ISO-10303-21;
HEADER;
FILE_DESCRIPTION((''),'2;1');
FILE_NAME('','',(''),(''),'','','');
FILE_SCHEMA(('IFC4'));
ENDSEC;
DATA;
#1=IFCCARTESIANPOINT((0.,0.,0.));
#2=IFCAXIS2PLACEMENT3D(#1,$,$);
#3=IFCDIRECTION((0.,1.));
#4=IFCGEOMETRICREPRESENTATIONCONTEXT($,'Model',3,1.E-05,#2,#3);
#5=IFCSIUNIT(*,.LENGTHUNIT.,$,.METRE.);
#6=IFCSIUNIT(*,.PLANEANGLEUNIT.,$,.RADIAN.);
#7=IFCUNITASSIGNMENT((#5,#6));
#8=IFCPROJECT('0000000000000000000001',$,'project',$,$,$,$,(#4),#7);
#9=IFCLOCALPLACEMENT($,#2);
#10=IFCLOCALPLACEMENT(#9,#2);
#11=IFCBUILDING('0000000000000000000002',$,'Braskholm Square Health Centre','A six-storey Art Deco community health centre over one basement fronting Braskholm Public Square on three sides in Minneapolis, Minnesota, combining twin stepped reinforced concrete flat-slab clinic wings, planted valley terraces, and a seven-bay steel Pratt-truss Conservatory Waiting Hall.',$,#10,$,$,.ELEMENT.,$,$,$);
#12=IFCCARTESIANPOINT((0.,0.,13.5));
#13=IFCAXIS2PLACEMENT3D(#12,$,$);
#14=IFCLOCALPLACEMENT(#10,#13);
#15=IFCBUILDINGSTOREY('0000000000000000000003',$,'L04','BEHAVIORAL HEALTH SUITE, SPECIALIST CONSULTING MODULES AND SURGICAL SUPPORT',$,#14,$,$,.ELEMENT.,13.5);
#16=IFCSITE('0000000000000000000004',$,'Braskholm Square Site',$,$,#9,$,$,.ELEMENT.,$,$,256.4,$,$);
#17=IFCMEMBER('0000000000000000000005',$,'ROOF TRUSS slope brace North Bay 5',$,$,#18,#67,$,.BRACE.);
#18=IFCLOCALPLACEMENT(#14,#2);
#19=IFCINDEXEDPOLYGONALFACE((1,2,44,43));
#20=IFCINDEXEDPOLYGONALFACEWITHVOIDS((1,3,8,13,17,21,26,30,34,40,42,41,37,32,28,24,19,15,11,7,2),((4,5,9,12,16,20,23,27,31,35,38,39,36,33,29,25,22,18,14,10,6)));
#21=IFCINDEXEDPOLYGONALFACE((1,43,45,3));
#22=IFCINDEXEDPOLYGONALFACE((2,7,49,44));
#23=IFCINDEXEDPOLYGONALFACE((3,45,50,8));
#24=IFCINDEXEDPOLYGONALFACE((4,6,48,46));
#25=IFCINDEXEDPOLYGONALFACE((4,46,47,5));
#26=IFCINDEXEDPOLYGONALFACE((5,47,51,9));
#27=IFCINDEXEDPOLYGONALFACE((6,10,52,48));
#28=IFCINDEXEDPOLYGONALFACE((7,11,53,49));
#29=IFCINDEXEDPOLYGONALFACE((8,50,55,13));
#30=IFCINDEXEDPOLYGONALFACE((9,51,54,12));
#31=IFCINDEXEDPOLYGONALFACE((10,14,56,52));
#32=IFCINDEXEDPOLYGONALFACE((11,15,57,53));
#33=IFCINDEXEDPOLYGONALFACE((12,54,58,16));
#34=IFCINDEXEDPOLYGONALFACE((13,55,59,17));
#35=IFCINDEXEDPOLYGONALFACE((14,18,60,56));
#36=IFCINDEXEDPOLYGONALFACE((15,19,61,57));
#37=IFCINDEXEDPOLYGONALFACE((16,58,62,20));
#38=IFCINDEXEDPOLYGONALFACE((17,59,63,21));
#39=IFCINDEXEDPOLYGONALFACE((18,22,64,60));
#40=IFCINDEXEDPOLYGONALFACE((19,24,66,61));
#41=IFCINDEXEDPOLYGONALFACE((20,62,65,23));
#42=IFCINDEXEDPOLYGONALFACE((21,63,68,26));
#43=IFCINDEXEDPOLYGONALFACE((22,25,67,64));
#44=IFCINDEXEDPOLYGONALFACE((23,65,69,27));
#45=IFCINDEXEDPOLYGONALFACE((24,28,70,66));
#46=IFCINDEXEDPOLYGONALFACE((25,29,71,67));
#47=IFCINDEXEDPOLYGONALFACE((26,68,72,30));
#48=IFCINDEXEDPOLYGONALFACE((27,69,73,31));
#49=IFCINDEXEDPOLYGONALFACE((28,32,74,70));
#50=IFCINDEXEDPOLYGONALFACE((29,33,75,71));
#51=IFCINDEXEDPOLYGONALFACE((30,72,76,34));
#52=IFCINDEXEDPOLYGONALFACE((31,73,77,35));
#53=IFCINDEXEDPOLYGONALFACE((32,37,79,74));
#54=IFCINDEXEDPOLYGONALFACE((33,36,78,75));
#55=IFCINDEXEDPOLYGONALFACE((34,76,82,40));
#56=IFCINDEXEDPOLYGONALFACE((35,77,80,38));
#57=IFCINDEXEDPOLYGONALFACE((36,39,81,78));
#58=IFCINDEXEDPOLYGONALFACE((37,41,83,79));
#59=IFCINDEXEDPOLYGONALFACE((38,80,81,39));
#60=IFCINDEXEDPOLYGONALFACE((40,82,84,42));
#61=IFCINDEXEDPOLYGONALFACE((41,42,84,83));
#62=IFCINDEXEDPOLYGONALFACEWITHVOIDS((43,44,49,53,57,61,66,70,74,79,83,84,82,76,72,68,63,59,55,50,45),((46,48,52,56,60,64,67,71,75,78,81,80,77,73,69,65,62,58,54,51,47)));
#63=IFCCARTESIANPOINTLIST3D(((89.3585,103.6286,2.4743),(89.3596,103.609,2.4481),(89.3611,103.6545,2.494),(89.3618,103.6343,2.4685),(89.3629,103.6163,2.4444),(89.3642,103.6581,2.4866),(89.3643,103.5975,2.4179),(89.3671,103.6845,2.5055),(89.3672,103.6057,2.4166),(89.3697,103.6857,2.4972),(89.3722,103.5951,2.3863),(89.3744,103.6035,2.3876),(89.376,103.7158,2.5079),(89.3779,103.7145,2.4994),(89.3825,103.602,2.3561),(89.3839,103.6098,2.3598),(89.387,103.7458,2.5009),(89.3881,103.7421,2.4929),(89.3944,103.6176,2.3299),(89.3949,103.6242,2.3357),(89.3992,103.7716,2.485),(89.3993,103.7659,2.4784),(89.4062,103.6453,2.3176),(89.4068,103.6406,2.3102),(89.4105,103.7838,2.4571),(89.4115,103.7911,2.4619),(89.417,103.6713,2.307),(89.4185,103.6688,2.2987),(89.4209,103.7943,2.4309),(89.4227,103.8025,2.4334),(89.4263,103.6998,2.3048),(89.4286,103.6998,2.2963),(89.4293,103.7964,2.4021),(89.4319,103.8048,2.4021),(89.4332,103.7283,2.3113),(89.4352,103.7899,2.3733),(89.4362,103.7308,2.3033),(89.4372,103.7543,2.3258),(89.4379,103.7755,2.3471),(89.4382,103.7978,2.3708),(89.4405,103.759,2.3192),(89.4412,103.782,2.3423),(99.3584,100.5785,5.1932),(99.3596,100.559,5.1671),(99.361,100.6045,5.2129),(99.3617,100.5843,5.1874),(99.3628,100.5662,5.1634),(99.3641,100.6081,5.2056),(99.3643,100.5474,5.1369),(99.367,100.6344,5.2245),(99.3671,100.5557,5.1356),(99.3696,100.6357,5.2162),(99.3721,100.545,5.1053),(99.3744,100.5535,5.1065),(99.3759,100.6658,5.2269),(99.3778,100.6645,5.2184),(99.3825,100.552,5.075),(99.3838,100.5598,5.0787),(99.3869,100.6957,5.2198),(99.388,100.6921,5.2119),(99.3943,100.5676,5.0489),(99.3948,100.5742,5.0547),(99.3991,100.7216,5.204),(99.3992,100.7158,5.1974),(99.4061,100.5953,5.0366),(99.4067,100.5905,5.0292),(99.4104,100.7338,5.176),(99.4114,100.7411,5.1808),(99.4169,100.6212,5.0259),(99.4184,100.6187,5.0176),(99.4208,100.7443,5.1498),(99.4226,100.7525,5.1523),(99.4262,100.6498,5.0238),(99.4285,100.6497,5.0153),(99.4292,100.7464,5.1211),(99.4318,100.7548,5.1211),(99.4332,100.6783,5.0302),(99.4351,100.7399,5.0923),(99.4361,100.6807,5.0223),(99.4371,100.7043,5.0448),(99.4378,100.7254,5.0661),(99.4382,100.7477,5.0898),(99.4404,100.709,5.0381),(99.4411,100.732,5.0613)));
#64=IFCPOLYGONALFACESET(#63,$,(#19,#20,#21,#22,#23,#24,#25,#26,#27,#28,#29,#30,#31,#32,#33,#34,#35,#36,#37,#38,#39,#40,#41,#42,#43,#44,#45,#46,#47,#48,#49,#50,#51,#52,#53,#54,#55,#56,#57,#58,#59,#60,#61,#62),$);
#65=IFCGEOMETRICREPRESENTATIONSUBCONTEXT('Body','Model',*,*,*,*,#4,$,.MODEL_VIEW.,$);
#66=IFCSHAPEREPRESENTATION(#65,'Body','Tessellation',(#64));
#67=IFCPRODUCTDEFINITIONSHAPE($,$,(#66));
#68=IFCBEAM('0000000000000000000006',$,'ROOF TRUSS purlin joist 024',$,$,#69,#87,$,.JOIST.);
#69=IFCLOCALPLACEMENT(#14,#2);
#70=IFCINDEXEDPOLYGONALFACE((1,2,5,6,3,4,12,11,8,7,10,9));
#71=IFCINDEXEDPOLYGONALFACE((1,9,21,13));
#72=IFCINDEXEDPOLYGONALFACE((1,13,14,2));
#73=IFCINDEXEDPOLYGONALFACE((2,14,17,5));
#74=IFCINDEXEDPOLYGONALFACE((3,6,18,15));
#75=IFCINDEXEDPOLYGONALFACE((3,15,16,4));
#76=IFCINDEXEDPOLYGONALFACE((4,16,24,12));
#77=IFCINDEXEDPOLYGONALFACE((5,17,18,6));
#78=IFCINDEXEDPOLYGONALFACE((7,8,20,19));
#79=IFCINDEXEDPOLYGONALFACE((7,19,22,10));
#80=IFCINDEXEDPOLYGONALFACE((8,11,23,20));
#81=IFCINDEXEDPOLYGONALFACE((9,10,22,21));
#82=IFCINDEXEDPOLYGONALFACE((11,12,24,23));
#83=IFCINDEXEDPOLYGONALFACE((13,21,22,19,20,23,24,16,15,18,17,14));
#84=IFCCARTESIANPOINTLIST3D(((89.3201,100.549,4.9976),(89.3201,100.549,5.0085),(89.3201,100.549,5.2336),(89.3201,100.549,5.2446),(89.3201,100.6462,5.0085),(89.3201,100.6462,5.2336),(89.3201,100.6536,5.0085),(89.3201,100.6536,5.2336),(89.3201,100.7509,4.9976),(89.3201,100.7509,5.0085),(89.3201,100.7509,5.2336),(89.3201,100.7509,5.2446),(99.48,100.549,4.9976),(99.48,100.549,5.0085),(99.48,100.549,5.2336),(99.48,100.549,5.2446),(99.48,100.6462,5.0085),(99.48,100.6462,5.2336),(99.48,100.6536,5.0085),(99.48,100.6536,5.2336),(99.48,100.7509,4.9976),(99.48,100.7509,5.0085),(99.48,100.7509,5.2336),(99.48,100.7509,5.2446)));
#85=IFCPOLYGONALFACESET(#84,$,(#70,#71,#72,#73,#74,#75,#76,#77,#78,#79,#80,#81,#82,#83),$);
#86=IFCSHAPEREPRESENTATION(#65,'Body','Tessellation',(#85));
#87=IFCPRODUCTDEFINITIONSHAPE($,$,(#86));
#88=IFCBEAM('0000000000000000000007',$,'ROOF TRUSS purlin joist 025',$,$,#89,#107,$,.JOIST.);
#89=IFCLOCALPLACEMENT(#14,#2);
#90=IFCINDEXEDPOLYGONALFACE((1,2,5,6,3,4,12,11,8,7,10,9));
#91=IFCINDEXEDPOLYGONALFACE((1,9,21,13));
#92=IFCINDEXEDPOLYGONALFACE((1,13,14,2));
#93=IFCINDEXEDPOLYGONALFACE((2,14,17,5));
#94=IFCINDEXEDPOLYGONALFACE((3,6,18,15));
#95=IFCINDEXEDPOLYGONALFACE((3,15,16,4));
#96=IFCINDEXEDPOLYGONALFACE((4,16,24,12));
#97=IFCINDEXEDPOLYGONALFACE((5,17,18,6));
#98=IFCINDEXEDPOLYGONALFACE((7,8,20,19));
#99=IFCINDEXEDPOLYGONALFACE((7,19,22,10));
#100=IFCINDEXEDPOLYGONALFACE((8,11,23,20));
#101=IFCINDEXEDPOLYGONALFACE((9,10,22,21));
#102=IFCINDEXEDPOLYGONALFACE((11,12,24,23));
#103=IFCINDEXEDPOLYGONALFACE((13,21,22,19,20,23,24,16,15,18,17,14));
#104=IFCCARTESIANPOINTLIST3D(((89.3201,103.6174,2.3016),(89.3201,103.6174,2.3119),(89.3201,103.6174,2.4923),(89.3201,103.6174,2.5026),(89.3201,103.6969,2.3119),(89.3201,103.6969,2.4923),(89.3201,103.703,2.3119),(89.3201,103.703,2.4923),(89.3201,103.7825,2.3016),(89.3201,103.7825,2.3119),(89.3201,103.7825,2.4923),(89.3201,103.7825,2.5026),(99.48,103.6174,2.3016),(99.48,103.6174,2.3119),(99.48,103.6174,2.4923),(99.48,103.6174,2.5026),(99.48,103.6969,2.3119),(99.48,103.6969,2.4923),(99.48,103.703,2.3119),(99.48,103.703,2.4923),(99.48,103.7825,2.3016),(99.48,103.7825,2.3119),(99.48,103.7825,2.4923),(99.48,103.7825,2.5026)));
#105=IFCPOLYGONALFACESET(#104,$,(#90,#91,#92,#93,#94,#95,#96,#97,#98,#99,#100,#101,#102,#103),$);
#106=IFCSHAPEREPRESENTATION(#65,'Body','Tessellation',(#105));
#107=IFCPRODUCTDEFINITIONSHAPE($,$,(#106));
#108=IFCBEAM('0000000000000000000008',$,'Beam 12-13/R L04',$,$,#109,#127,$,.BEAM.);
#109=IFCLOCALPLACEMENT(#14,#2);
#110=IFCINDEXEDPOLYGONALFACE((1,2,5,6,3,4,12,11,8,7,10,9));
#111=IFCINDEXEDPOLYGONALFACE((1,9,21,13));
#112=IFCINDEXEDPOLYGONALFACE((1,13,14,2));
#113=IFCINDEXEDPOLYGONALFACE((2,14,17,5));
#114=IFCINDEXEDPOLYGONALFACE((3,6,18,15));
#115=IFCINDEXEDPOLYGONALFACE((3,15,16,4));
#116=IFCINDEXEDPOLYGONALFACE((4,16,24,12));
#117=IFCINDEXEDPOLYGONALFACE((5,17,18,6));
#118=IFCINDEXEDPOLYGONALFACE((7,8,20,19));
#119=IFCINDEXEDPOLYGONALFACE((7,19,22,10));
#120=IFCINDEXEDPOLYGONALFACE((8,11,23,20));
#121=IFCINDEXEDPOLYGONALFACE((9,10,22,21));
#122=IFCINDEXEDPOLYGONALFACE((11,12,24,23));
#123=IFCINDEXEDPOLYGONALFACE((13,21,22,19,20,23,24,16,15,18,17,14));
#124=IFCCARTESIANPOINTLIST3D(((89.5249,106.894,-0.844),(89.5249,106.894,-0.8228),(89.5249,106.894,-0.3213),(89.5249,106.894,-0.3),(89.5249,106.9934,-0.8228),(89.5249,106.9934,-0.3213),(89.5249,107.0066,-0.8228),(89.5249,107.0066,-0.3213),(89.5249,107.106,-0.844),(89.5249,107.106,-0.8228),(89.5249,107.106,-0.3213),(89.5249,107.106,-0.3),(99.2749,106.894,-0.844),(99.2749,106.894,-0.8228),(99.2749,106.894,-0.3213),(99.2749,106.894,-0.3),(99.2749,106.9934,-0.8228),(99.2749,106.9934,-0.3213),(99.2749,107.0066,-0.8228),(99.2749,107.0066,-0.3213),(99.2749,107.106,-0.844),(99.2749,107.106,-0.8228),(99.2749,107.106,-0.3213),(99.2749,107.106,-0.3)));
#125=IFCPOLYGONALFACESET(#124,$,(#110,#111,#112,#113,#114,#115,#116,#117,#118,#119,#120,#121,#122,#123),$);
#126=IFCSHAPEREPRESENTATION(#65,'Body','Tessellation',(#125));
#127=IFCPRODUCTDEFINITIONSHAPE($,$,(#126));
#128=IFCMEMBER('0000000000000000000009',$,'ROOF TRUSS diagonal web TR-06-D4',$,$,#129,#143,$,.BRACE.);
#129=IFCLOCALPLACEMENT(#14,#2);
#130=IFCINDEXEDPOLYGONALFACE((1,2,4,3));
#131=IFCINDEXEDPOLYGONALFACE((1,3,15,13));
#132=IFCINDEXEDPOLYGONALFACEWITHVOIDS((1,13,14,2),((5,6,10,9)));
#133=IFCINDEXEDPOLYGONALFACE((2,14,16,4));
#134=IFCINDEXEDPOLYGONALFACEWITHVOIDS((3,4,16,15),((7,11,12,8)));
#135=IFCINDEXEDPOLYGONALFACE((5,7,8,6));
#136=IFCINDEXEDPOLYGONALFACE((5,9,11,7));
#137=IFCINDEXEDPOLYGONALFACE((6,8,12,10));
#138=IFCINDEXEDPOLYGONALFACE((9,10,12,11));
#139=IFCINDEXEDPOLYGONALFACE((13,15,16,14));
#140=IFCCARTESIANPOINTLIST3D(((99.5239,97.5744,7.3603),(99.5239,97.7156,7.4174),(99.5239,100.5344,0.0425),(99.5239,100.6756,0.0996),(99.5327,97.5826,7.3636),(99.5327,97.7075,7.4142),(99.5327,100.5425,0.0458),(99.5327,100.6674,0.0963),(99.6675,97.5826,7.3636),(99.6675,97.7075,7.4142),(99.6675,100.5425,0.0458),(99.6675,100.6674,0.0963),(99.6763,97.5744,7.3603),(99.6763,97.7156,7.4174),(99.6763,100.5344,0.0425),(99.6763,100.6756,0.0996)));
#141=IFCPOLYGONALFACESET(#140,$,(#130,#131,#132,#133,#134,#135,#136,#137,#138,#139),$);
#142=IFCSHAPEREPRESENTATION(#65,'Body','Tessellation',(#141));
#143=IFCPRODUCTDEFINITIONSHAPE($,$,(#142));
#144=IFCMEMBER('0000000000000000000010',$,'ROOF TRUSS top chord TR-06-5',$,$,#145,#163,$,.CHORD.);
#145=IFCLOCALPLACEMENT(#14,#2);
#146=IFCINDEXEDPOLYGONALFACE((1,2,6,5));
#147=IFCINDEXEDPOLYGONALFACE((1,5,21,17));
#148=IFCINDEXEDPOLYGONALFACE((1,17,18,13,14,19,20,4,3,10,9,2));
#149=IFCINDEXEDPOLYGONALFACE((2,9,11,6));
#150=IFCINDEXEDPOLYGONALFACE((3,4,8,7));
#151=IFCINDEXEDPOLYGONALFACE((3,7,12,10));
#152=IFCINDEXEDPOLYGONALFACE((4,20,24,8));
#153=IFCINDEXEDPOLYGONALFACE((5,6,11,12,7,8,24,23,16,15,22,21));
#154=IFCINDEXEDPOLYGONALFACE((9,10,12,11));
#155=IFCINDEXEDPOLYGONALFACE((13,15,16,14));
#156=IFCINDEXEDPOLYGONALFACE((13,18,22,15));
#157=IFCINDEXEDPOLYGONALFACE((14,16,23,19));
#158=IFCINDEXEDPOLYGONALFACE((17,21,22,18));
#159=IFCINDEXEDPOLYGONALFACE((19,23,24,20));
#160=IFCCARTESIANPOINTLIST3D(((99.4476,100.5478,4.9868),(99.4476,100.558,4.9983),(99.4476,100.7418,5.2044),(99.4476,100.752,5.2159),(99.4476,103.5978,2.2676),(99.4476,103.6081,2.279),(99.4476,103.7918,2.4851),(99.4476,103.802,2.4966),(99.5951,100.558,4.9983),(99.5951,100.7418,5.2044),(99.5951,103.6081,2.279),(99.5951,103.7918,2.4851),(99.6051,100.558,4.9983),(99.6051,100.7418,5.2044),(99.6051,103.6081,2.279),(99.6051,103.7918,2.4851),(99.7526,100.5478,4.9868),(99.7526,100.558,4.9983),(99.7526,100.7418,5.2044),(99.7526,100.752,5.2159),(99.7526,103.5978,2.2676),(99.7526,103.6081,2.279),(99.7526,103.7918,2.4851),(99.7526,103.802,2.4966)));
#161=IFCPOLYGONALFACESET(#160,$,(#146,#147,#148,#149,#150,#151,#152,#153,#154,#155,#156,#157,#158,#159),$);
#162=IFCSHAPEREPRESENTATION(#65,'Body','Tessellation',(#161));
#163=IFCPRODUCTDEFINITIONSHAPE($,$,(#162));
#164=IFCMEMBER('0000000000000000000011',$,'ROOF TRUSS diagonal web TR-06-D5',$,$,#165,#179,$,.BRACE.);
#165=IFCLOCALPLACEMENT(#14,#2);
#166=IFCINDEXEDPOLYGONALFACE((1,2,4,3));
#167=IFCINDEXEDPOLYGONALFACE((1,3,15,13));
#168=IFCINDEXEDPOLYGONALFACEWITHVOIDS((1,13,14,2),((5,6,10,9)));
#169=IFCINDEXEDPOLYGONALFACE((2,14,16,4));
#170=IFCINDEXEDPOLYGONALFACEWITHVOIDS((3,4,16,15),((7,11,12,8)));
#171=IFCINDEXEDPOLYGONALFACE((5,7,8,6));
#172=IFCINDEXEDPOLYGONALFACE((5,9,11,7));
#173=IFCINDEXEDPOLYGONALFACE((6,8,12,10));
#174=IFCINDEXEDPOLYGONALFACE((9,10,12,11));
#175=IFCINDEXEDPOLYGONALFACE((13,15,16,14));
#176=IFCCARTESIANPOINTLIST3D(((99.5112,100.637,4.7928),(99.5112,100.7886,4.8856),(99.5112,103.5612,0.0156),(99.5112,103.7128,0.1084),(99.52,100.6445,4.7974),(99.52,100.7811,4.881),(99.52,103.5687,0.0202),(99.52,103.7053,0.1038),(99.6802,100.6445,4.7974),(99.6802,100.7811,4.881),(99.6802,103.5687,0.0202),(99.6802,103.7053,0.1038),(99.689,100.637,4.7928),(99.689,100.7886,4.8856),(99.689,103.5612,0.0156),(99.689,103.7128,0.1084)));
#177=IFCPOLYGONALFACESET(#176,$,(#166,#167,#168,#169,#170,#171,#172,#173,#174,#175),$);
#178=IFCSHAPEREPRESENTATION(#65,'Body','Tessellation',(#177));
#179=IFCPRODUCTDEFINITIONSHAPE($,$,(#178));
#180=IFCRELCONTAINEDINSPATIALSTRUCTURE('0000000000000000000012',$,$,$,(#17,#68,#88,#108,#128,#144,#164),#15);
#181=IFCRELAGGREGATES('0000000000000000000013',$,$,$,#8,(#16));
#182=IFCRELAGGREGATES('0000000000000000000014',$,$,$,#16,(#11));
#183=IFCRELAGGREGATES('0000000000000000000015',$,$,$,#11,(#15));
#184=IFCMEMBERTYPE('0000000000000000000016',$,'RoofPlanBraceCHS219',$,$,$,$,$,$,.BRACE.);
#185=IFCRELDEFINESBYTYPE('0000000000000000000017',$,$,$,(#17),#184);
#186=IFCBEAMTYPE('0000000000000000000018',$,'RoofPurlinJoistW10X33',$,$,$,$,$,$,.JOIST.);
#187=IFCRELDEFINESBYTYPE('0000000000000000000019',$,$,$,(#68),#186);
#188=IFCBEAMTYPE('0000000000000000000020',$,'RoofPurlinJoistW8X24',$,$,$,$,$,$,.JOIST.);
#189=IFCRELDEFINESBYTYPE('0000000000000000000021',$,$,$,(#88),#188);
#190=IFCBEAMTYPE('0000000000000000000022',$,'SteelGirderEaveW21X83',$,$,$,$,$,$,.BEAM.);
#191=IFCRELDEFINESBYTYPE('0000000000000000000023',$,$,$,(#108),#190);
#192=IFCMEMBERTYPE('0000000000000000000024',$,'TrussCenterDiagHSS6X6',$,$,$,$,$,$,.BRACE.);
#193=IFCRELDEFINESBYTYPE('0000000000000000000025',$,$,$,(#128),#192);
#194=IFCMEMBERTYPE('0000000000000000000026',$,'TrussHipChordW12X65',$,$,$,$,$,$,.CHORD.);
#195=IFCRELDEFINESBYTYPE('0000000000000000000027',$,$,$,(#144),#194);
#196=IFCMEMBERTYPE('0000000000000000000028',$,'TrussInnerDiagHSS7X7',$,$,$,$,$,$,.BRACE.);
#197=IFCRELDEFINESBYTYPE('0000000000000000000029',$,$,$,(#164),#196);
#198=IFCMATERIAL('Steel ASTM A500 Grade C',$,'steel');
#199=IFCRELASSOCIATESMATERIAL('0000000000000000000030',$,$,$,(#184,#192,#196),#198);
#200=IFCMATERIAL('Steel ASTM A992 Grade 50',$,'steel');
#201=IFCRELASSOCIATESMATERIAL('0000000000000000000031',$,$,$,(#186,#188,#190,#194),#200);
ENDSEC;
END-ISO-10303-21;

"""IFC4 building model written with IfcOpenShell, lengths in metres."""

from ifc_helpers import new_model, si_unit, direction, frame, origin, origin_2d, place, context, subcontext, project, spatial, hollow_rectangle, hollow_circle, i_section, extrude, material, material_profile, profile_set, type_object, element, save


model = new_model("IFC4")

# Units and contexts
model_context = context("Model", 3, precision=1e-05, world=origin(), true_north=direction((0.0, 1.0)))
body_context = subcontext(model_context, "Body", "Model", "MODEL_VIEW")
ifc_project = project(units=[si_unit("LENGTHUNIT", "METRE"), si_unit("PLANEANGLEUNIT", "RADIAN")], contexts=[model_context])

# Site, building, storey
site_placement = place(None, origin())
site = spatial("IfcSite", under=ifc_project, at=site_placement, Name="Braskholm Square Site", CompositionType="ELEMENT", RefElevation=256.4)
building_placement = place(site_placement, origin())
building = spatial("IfcBuilding", under=site, at=building_placement, Name="Braskholm Square Health Centre", Description="A six-storey Art Deco community health centre over one basement fronting Braskholm Public Square on three sides in Minneapolis, Minnesota, combining twin stepped reinforced concrete flat-slab clinic wings, planted valley terraces, and a seven-bay steel Pratt-truss Conservatory Waiting Hall.", CompositionType="ELEMENT")
storey_placement = place(building_placement, frame((0.0, 0.0, 13.5)))
storey = spatial("IfcBuildingStorey", under=building, at=storey_placement, Name="L04", Description="BEHAVIORAL HEALTH SUITE, SPECIALIST CONSULTING MODULES AND SURGICAL SUPPORT", CompositionType="ELEMENT", Elevation=13.5)

# Member
ifc_material_1 = material(Name="Steel ASTM A500 Grade C", Category="steel")
ifc_material_profile_1 = material_profile(ifc_material_1, hollow_circle(Radius=0.1096, WallThickness=0.0088, at=origin_2d()), Name="HSS8.625X0.375")
ifc_profile_set_1 = profile_set([ifc_material_profile_1], Name="Steel ASTM A500 Grade C")
member_type_1 = type_object("IfcMemberType", Name="RoofPlanBraceCHS219", PredefinedType="BRACE", material=ifc_profile_set_1)
member_1_placement = place(storey_placement, frame((89.3999, 103.7, 2.4021), z_axis=(0.925705, -0.282344, 0.251699), x_axis=(0.291737, 0.956499, 0.0)))
element("IfcMember", 1, at=member_1_placement, inside=storey, type_object=member_type_1, Name="ROOF TRUSS slope brace North Bay 5", PredefinedType="BRACE", context=body_context, shape_type="SweptSolid", body=[
    extrude(hollow_circle(Radius=0.1096, WallThickness=0.0088, at=origin_2d()), origin(), (0.0, 0.0, 1.0), 10.8025),
])

# Beams
ifc_material_2 = material(Name="Steel ASTM A992 Grade 50", Category="steel")
ifc_material_profile_2 = material_profile(ifc_material_2, i_section(OverallWidth=0.2019, OverallDepth=0.2471, WebThickness=0.0073, FlangeThickness=0.011, at=origin_2d()), Name="W10X33")
ifc_profile_set_2 = profile_set([ifc_material_profile_2], Name="Steel ASTM A992 Grade 50")
beam_type_1 = type_object("IfcBeamType", Name="RoofPurlinJoistW10X33", PredefinedType="JOIST", material=ifc_profile_set_2)
beam_1_placement = place(storey_placement, frame((89.3201, 100.6499, 5.1211), z_axis=(1.0, 0.0, 0.0), x_axis=(0.0, 1.0, 0.0)))
element("IfcBeam", 2, at=beam_1_placement, inside=storey, type_object=beam_type_1, Name="ROOF TRUSS purlin joist 024", PredefinedType="JOIST", context=body_context, shape_type="SweptSolid", body=[
    extrude(i_section(OverallWidth=0.2019, OverallDepth=0.2471, WebThickness=0.0073, FlangeThickness=0.011, at=origin_2d()), origin(), (0.0, 0.0, 1.0), 10.1599),
])
ifc_material_profile_3 = material_profile(ifc_material_2, i_section(OverallWidth=0.165, OverallDepth=0.2009, WebThickness=0.0061, FlangeThickness=0.0103, at=origin_2d()), Name="W8X24")
ifc_profile_set_3 = profile_set([ifc_material_profile_3], Name="Steel ASTM A992 Grade 50")
beam_type_2 = type_object("IfcBeamType", Name="RoofPurlinJoistW8X24", PredefinedType="JOIST", material=ifc_profile_set_3)
beam_2_placement = place(storey_placement, frame((89.3201, 103.7, 2.4021), z_axis=(1.0, 0.0, 0.0), x_axis=(0.0, 1.0, 0.0)))
element("IfcBeam", 3, at=beam_2_placement, inside=storey, type_object=beam_type_2, Name="ROOF TRUSS purlin joist 025", PredefinedType="JOIST", context=body_context, shape_type="SweptSolid", body=[
    extrude(i_section(OverallWidth=0.165, OverallDepth=0.2009, WebThickness=0.0061, FlangeThickness=0.0103, at=origin_2d()), origin(), (0.0, 0.0, 1.0), 10.1599),
])
ifc_material_profile_4 = material_profile(ifc_material_2, i_section(OverallWidth=0.2119, OverallDepth=0.5439, WebThickness=0.0132, FlangeThickness=0.0212, at=origin_2d()), Name="W21X83")
ifc_profile_set_4 = profile_set([ifc_material_profile_4], Name="Steel ASTM A992 Grade 50")
beam_type_3 = type_object("IfcBeamType", Name="SteelGirderEaveW21X83", PredefinedType="BEAM", material=ifc_profile_set_4)
beam_3_placement = place(storey_placement, frame((89.5249, 107.0, -0.572), z_axis=(1.0, 0.0, 0.0), x_axis=(0.0, 1.0, 0.0)))
element("IfcBeam", 4, at=beam_3_placement, inside=storey, type_object=beam_type_3, Name="Beam 12-13/R L04", PredefinedType="BEAM", context=body_context, shape_type="SweptSolid", body=[
    extrude(i_section(OverallWidth=0.2119, OverallDepth=0.5439, WebThickness=0.0132, FlangeThickness=0.0212, at=origin_2d()), origin(), (0.0, 0.0, 1.0), 9.75),
])

# Members
ifc_material_profile_5 = material_profile(ifc_material_1, hollow_rectangle(XDim=0.1523, YDim=0.1523, WallThickness=0.0088, at=origin_2d()), Name="HSS6X6X3/8")
ifc_profile_set_5 = profile_set([ifc_material_profile_5], Name="Steel ASTM A500 Grade C")
member_type_2 = type_object("IfcMemberType", Name="TrussCenterDiagHSS6X6", PredefinedType="BRACE", material=ifc_profile_set_5)
member_2_placement = place(storey_placement, frame((99.6001, 100.605, 0.071), z_axis=(0.0, -0.374971, 0.927036), x_axis=(1.0, 0.0, 0.0)))
element("IfcMember", 5, at=member_2_placement, inside=storey, type_object=member_type_2, Name="ROOF TRUSS diagonal web TR-06-D4", PredefinedType="BRACE", context=body_context, shape_type="SweptSolid", body=[
    extrude(hollow_rectangle(XDim=0.1523, YDim=0.1523, WallThickness=0.0088, at=origin_2d()), origin(), (0.0, 0.0, 1.0), 7.8938),
])
ifc_material_profile_6 = material_profile(ifc_material_2, i_section(OverallWidth=0.3049, OverallDepth=0.3069, WebThickness=0.01, FlangeThickness=0.0154, at=origin_2d()), Name="W12X65")
ifc_profile_set_6 = profile_set([ifc_material_profile_6], Name="Steel ASTM A992 Grade 50")
member_type_3 = type_object("IfcMemberType", Name="TrussHipChordW12X65", PredefinedType="CHORD", material=ifc_profile_set_6)
member_3_placement = place(storey_placement, frame((99.6001, 100.6499, 5.1013), z_axis=(0.0, 0.746426, -0.665468), x_axis=(-1.0, 0.0, 0.0)))
element("IfcMember", 6, at=member_3_placement, inside=storey, type_object=member_type_3, Name="ROOF TRUSS top chord TR-06-5", PredefinedType="CHORD", context=body_context, shape_type="SweptSolid", body=[
    extrude(i_section(OverallWidth=0.3049, OverallDepth=0.3069, WebThickness=0.01, FlangeThickness=0.0154, at=origin_2d()), origin(), (0.0, 0.0, 1.0), 4.0862),
])
ifc_material_profile_7 = material_profile(ifc_material_1, hollow_rectangle(XDim=0.1777, YDim=0.1777, WallThickness=0.0088, at=origin_2d()), Name="HSS7X7X3/8")
ifc_profile_set_7 = profile_set([ifc_material_profile_7], Name="Steel ASTM A500 Grade C")
member_type_4 = type_object("IfcMemberType", Name="TrussInnerDiagHSS7X7", PredefinedType="BRACE", material=ifc_profile_set_7)
member_4_placement = place(storey_placement, frame((99.6001, 103.637, 0.062), z_axis=(0.0, -0.522065, 0.852906), x_axis=(1.0, 0.0, 0.0)))
element("IfcMember", 7, at=member_4_placement, inside=storey, type_object=member_type_4, Name="ROOF TRUSS diagonal web TR-06-D5", PredefinedType="BRACE", context=body_context, shape_type="SweptSolid", body=[
    extrude(hollow_rectangle(XDim=0.1777, YDim=0.1777, WallThickness=0.0088, at=origin_2d()), origin(), (0.0, 0.0, 1.0), 5.6011),
])

save(model, "model.ifc")
